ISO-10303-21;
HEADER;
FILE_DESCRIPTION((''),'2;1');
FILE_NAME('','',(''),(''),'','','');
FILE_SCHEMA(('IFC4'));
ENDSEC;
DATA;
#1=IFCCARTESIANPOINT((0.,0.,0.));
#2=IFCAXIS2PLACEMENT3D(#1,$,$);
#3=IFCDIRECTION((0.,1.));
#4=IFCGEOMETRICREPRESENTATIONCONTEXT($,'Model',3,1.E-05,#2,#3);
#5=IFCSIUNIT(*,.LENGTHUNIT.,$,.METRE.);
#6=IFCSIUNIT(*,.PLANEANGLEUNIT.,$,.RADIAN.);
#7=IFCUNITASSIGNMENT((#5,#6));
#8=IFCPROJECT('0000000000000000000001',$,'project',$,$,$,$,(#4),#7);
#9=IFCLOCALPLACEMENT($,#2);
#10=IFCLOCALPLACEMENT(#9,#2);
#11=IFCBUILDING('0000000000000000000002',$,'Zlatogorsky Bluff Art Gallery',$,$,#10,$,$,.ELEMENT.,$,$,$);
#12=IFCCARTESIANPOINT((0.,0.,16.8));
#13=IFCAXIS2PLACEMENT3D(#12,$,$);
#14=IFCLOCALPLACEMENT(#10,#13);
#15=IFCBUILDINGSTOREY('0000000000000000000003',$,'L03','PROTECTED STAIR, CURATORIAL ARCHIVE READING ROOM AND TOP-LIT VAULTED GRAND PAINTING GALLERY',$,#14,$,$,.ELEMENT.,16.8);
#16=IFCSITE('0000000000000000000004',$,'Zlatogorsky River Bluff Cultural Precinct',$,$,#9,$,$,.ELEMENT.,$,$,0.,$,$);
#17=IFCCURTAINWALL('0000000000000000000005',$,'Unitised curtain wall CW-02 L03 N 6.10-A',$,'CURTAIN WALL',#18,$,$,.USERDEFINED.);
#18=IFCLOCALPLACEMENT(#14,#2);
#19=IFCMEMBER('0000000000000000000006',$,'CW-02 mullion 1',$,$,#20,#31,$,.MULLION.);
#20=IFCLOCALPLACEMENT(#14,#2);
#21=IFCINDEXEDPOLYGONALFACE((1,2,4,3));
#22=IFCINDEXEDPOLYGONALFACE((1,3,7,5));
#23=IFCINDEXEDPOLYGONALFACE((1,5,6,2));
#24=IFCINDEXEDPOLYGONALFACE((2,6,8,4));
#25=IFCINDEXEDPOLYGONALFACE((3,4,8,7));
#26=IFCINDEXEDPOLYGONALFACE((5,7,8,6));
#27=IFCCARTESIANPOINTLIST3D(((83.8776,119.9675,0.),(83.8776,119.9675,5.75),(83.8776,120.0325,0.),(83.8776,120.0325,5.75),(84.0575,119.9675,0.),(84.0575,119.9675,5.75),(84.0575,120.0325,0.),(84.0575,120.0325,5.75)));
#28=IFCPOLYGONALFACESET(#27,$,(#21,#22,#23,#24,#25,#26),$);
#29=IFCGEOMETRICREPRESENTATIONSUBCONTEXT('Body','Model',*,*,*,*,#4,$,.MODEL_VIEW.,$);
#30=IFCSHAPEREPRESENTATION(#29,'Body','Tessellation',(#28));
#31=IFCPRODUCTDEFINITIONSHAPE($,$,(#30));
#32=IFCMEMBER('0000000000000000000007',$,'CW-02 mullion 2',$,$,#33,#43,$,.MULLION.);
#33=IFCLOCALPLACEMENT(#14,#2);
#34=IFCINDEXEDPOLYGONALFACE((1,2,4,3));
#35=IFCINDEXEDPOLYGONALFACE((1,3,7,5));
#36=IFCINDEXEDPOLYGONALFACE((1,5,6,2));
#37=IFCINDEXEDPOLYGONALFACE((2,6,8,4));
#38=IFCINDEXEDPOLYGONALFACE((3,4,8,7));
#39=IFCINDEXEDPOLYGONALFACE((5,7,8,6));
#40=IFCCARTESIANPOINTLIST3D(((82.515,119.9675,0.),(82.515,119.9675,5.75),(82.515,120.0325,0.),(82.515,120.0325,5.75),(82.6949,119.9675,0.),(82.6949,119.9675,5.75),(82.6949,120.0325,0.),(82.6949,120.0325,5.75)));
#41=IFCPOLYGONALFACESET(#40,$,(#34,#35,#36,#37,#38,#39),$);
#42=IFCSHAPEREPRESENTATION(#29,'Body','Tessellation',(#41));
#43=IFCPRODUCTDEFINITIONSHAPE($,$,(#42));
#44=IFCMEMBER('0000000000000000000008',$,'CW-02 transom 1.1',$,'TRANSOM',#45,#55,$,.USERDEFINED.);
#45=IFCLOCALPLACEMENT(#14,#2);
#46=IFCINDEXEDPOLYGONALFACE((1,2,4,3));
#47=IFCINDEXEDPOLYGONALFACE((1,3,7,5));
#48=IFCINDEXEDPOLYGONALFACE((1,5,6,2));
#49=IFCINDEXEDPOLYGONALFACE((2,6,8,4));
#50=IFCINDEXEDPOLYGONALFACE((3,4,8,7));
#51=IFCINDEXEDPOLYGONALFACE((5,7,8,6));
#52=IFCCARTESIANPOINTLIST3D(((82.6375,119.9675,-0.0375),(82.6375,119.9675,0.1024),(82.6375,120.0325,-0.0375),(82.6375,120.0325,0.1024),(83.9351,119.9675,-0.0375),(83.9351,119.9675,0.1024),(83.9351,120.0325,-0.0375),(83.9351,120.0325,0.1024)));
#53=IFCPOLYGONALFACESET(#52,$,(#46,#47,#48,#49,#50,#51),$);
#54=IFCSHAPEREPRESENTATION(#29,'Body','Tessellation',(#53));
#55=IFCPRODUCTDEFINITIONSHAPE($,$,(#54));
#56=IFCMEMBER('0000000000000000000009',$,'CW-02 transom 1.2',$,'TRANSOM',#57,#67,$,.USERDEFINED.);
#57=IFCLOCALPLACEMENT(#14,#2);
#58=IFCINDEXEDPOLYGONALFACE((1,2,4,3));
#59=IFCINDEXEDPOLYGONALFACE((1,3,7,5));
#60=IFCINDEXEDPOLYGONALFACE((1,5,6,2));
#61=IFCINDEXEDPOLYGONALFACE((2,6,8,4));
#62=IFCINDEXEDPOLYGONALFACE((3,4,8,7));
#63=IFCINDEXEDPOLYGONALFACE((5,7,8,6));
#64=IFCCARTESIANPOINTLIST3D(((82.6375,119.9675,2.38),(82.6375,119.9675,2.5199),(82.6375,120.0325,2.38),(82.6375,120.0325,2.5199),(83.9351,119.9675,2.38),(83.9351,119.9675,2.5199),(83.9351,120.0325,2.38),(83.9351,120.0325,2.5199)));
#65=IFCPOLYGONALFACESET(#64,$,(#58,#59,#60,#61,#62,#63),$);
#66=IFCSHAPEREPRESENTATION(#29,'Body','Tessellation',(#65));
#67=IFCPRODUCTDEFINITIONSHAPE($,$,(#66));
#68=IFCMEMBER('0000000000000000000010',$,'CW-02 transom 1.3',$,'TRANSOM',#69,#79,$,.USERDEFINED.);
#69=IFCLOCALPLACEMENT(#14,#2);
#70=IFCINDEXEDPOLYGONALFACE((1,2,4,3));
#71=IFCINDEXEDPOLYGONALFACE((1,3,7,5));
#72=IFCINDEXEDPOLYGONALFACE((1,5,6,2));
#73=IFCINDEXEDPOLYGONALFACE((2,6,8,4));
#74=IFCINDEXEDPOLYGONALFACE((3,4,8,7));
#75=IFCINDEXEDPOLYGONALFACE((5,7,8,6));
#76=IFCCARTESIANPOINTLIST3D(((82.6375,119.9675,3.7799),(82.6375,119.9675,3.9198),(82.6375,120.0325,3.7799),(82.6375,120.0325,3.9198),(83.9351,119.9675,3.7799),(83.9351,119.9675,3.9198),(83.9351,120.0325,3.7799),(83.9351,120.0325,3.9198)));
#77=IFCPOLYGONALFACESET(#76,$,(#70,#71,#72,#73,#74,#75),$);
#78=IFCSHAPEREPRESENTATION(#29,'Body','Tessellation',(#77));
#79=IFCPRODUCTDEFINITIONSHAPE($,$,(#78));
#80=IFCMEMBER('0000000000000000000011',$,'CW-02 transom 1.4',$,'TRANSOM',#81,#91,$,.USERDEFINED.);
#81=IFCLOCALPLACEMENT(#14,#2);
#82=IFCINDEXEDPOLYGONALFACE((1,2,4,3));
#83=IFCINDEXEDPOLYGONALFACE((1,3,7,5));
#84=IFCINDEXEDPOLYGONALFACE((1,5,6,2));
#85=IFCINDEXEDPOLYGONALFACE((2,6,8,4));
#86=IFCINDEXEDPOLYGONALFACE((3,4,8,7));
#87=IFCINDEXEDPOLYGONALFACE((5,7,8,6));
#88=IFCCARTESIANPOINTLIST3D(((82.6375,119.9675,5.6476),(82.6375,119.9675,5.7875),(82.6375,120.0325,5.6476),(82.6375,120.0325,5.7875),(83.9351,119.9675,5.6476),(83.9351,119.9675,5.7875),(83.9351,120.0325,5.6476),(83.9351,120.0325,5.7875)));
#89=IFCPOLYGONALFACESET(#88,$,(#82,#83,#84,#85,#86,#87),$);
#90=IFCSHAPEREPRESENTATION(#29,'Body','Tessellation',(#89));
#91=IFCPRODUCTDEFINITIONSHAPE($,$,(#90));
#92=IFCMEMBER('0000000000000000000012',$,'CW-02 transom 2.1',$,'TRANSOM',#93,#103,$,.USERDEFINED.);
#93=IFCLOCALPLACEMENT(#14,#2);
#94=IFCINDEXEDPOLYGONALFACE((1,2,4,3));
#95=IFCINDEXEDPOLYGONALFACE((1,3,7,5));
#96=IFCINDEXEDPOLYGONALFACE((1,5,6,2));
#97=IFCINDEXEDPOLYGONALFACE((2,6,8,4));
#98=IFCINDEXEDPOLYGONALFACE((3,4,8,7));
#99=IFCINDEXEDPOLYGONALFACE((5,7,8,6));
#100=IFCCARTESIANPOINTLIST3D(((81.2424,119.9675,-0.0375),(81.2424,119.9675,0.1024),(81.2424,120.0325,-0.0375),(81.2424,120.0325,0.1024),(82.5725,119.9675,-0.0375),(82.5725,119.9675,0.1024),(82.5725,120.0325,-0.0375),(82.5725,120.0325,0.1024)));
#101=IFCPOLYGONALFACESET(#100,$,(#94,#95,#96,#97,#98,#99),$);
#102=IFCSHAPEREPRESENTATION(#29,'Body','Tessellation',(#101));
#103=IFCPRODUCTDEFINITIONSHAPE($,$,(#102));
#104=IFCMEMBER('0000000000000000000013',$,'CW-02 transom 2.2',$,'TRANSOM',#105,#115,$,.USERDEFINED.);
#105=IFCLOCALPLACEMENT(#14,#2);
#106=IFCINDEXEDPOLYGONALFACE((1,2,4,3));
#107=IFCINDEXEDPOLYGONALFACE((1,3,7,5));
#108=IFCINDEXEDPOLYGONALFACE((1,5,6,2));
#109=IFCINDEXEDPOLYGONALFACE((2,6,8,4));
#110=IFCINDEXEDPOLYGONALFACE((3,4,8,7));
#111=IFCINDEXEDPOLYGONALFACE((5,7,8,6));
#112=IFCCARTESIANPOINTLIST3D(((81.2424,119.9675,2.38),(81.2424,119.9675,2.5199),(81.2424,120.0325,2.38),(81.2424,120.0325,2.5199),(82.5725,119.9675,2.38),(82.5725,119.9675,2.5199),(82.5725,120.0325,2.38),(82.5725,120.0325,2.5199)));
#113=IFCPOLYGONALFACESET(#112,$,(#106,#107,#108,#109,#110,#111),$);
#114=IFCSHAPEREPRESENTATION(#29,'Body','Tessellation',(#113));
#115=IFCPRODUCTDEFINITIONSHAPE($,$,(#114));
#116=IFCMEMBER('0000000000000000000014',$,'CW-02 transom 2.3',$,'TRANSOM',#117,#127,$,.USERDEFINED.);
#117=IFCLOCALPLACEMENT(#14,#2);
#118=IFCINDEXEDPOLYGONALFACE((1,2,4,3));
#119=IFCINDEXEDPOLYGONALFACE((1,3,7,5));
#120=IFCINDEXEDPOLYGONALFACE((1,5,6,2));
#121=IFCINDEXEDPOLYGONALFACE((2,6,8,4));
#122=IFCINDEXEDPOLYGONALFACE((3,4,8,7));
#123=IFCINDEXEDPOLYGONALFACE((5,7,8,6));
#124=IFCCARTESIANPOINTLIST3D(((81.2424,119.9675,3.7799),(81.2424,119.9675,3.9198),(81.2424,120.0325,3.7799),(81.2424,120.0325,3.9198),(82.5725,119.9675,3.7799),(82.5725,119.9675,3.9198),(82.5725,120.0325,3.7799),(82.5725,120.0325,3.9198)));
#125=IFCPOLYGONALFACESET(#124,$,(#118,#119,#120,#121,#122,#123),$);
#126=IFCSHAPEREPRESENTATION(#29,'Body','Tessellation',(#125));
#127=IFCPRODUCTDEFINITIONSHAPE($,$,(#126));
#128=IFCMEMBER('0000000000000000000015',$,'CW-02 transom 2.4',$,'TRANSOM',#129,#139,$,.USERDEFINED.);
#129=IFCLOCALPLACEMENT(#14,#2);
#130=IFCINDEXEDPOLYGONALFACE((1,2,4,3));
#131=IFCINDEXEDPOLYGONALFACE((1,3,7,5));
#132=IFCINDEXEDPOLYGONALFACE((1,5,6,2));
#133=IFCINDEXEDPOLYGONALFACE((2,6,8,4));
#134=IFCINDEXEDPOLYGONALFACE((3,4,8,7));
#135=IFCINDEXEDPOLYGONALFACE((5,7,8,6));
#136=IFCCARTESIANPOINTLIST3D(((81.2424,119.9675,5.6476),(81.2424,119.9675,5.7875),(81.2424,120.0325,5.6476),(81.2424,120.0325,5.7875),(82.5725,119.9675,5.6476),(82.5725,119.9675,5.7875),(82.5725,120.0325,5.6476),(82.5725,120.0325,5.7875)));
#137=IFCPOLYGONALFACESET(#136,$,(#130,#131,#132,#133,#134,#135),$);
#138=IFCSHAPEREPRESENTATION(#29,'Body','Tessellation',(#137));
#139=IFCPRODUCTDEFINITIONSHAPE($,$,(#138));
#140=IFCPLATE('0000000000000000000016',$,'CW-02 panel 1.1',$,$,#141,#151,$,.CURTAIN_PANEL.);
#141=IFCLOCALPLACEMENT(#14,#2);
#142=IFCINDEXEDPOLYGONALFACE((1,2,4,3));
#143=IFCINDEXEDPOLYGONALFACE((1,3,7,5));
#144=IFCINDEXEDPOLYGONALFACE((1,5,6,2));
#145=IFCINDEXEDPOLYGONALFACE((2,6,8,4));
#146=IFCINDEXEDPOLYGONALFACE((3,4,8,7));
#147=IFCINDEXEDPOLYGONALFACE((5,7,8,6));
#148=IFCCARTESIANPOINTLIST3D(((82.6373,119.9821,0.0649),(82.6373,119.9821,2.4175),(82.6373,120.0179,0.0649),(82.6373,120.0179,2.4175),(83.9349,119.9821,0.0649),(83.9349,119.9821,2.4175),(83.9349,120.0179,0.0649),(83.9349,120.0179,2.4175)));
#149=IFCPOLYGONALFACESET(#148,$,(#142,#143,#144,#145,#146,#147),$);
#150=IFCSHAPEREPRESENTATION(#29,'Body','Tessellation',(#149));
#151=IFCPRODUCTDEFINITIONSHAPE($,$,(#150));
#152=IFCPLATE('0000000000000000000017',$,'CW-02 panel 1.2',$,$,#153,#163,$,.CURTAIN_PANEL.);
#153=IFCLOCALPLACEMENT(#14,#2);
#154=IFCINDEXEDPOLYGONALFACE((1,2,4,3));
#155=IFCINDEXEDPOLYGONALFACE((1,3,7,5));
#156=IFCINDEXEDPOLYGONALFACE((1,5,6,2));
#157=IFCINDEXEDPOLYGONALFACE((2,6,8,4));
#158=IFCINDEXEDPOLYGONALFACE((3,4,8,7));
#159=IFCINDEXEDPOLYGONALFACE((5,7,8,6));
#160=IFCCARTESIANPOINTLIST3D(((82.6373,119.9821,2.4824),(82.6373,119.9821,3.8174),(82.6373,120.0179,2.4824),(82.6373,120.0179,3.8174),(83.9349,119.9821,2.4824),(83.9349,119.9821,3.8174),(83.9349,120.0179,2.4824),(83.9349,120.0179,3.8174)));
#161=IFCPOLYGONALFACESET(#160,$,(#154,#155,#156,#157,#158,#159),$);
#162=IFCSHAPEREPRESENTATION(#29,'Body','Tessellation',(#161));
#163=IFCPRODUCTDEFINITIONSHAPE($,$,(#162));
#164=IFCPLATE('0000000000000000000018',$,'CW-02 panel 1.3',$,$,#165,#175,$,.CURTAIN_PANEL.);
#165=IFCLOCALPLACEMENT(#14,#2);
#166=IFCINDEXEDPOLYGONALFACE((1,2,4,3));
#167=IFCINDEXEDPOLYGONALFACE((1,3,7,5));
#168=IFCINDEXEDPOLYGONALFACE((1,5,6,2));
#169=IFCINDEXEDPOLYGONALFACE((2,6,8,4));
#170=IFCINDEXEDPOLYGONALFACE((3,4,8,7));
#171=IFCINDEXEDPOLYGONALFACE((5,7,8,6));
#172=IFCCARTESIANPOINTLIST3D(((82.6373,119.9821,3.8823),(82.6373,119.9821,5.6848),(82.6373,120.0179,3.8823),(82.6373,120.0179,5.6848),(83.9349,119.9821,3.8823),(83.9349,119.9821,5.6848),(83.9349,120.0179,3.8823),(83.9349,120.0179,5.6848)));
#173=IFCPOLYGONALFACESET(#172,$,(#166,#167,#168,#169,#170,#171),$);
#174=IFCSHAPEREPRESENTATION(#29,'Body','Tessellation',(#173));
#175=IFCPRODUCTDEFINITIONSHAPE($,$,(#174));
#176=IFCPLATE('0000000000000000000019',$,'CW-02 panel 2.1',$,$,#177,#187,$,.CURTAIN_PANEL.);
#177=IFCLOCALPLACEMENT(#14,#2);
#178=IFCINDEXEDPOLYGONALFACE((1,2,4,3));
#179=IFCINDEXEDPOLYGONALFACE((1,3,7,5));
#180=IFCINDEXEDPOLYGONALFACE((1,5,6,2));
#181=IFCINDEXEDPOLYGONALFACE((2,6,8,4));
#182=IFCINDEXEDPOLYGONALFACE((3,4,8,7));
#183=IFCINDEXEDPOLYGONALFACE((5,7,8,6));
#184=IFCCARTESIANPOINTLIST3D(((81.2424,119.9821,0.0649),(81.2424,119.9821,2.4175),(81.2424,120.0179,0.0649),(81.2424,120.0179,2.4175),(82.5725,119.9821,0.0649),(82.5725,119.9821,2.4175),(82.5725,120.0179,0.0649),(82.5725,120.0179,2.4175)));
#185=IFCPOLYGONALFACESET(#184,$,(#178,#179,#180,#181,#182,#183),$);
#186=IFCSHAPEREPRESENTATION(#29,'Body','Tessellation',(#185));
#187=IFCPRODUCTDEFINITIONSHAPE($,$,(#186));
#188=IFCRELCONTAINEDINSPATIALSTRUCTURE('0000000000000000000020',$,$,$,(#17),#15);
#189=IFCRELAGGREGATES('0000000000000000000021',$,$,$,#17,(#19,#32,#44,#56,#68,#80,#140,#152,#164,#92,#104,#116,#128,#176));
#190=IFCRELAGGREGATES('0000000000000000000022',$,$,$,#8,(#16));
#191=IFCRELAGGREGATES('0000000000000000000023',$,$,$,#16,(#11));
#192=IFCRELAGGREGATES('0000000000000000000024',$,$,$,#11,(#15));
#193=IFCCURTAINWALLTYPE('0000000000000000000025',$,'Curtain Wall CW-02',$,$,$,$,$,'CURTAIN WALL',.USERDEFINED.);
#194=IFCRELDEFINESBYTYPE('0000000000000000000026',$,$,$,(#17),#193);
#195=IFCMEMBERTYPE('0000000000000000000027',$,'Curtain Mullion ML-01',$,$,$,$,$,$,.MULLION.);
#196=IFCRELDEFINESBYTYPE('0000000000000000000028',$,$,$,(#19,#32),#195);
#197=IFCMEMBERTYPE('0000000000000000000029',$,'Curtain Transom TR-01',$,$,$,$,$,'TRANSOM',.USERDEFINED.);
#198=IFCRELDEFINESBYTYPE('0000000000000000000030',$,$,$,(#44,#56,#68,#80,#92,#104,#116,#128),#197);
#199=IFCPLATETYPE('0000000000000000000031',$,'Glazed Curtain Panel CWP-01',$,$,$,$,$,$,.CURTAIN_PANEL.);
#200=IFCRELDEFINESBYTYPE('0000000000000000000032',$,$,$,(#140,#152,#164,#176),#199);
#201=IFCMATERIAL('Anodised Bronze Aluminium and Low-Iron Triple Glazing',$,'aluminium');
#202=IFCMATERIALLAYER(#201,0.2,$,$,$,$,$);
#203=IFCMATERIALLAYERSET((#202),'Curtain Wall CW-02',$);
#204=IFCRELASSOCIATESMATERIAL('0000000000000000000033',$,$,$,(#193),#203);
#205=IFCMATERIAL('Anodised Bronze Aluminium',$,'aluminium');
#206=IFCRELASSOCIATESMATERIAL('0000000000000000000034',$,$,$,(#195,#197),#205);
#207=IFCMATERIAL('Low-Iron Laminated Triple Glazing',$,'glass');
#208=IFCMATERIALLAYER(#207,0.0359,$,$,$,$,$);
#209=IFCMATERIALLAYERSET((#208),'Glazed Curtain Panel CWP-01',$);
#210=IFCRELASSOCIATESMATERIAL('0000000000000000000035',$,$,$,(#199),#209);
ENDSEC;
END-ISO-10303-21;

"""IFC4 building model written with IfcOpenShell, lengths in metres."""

from ifc_helpers import new_model, si_unit, direction, frame, origin, origin_2d, place, context, subcontext, project, spatial, rectangle, extrude, material, layer, layer_set, material_profile, profile_set, type_object, element, aggregate, save


model = new_model("IFC4")

# Units and contexts
model_context = context("Model", 3, precision=1e-05, world=origin(), true_north=direction((0.0, 1.0)))
body_context = subcontext(model_context, "Body", "Model", "MODEL_VIEW")
ifc_project = project(units=[si_unit("LENGTHUNIT", "METRE"), si_unit("PLANEANGLEUNIT", "RADIAN")], contexts=[model_context])

# Site, building, storey
site_placement = place(None, origin())
site = spatial("IfcSite", under=ifc_project, at=site_placement, Name="Zlatogorsky River Bluff Cultural Precinct", CompositionType="ELEMENT", RefElevation=0.0)
building_placement = place(site_placement, origin())
building = spatial("IfcBuilding", under=site, at=building_placement, Name="Zlatogorsky Bluff Art Gallery", CompositionType="ELEMENT")
storey_placement = place(building_placement, frame((0.0, 0.0, 16.8)))
storey = spatial("IfcBuildingStorey", under=building, at=storey_placement, Name="L03", Description="PROTECTED STAIR, CURATORIAL ARCHIVE READING ROOM AND TOP-LIT VAULTED GRAND PAINTING GALLERY", CompositionType="ELEMENT", Elevation=16.8)

# Curtain wall, members, plates
ifc_material_1 = material(Name="Anodised Bronze Aluminium and Low-Iron Triple Glazing", Category="aluminium")
ifc_layer_1 = layer(ifc_material_1, 0.2)
ifc_layer_set_1 = layer_set([ifc_layer_1], Name="Curtain Wall CW-02")
curtain_wall_type = type_object("IfcCurtainWallType", Name="Curtain Wall CW-02", ElementType="CURTAIN WALL", PredefinedType="USERDEFINED", material=ifc_layer_set_1)
curtain_wall_placement = place(storey_placement, origin())
curtain_wall = element("IfcCurtainWall", 1, at=curtain_wall_placement, inside=storey, type_object=curtain_wall_type, Name="Unitised curtain wall CW-02 L03 N 6.10-A", ObjectType="CURTAIN WALL", PredefinedType="USERDEFINED")
ifc_material_2 = material(Name="Anodised Bronze Aluminium", Category="aluminium")
ifc_material_profile_1 = material_profile(ifc_material_2, rectangle(XDim=0.0649, YDim=0.1799, at=origin_2d()), Name="ALU MULLION 65x180")
ifc_profile_set_1 = profile_set([ifc_material_profile_1], Name="Anodised Bronze Aluminium")
member_type_1 = type_object("IfcMemberType", Name="Curtain Mullion ML-01", PredefinedType="MULLION", material=ifc_profile_set_1)
member_1_placement = place(storey_placement, frame((83.9675, 120.0, 0.0), z_axis=(0.0, 0.0, 1.0), x_axis=(0.0, -1.0, 0.0)))
member_1 = element("IfcMember", 2, at=member_1_placement, type_object=member_type_1, Name="CW-02 mullion 1", PredefinedType="MULLION", context=body_context, shape_type="SweptSolid", body=[
    extrude(rectangle(XDim=0.0649, YDim=0.1799, at=origin_2d()), origin(), (0.0, 0.0, 1.0), 5.75),
])
member_2_placement = place(storey_placement, frame((82.605, 120.0, 0.0), z_axis=(0.0, 0.0, 1.0), x_axis=(0.0, -1.0, 0.0)))
member_2 = element("IfcMember", 3, at=member_2_placement, type_object=member_type_1, Name="CW-02 mullion 2", PredefinedType="MULLION", context=body_context, shape_type="SweptSolid", body=[
    extrude(rectangle(XDim=0.0649, YDim=0.1799, at=origin_2d()), origin(), (0.0, 0.0, 1.0), 5.75),
])
ifc_material_profile_2 = material_profile(ifc_material_2, rectangle(XDim=0.0649, YDim=0.1399, at=origin_2d()), Name="ALU TRANSOM 65x140")
ifc_profile_set_2 = profile_set([ifc_material_profile_2], Name="Anodised Bronze Aluminium")
member_type_2 = type_object("IfcMemberType", Name="Curtain Transom TR-01", ElementType="TRANSOM", PredefinedType="USERDEFINED", material=ifc_profile_set_2)
member_3_placement = place(storey_placement, frame((83.9351, 120.0, 0.0325), z_axis=(-1.0, 0.0, 0.0), x_axis=(0.0, -1.0, 0.0)))
member_3 = element("IfcMember", 4, at=member_3_placement, type_object=member_type_2, Name="CW-02 transom 1.1", ObjectType="TRANSOM", PredefinedType="USERDEFINED", context=body_context, shape_type="SweptSolid", body=[
    extrude(rectangle(XDim=0.0649, YDim=0.1399, at=origin_2d()), origin(), (0.0, 0.0, 1.0), 1.2976),
])
member_4_placement = place(storey_placement, frame((83.9351, 120.0, 2.45), z_axis=(-1.0, 0.0, 0.0), x_axis=(0.0, -1.0, 0.0)))
member_4 = element("IfcMember", 5, at=member_4_placement, type_object=member_type_2, Name="CW-02 transom 1.2", ObjectType="TRANSOM", PredefinedType="USERDEFINED", context=body_context, shape_type="SweptSolid", body=[
    extrude(rectangle(XDim=0.0649, YDim=0.1399, at=origin_2d()), origin(), (0.0, 0.0, 1.0), 1.2976),
])
member_5_placement = place(storey_placement, frame((83.9351, 120.0, 3.8499), z_axis=(-1.0, 0.0, 0.0), x_axis=(0.0, -1.0, 0.0)))
member_5 = element("IfcMember", 6, at=member_5_placement, type_object=member_type_2, Name="CW-02 transom 1.3", ObjectType="TRANSOM", PredefinedType="USERDEFINED", context=body_context, shape_type="SweptSolid", body=[
    extrude(rectangle(XDim=0.0649, YDim=0.1399, at=origin_2d()), origin(), (0.0, 0.0, 1.0), 1.2976),
])
member_6_placement = place(storey_placement, frame((83.9351, 120.0, 5.7175), z_axis=(-1.0, 0.0, 0.0), x_axis=(0.0, -1.0, 0.0)))
member_6 = element("IfcMember", 7, at=member_6_placement, type_object=member_type_2, Name="CW-02 transom 1.4", ObjectType="TRANSOM", PredefinedType="USERDEFINED", context=body_context, shape_type="SweptSolid", body=[
    extrude(rectangle(XDim=0.0649, YDim=0.1399, at=origin_2d()), origin(), (0.0, 0.0, 1.0), 1.2976),
])
member_7_placement = place(storey_placement, frame((82.5725, 120.0, 0.0325), z_axis=(-1.0, 0.0, 0.0), x_axis=(0.0, -1.0, 0.0)))
member_7 = element("IfcMember", 8, at=member_7_placement, type_object=member_type_2, Name="CW-02 transom 2.1", ObjectType="TRANSOM", PredefinedType="USERDEFINED", context=body_context, shape_type="SweptSolid", body=[
    extrude(rectangle(XDim=0.0649, YDim=0.1399, at=origin_2d()), origin(), (0.0, 0.0, 1.0), 1.3301),
])
member_8_placement = place(storey_placement, frame((82.5725, 120.0, 2.45), z_axis=(-1.0, 0.0, 0.0), x_axis=(0.0, -1.0, 0.0)))
member_8 = element("IfcMember", 9, at=member_8_placement, type_object=member_type_2, Name="CW-02 transom 2.2", ObjectType="TRANSOM", PredefinedType="USERDEFINED", context=body_context, shape_type="SweptSolid", body=[
    extrude(rectangle(XDim=0.0649, YDim=0.1399, at=origin_2d()), origin(), (0.0, 0.0, 1.0), 1.3301),
])
member_9_placement = place(storey_placement, frame((82.5725, 120.0, 3.8499), z_axis=(-1.0, 0.0, 0.0), x_axis=(0.0, -1.0, 0.0)))
member_9 = element("IfcMember", 10, at=member_9_placement, type_object=member_type_2, Name="CW-02 transom 2.3", ObjectType="TRANSOM", PredefinedType="USERDEFINED", context=body_context, shape_type="SweptSolid", body=[
    extrude(rectangle(XDim=0.0649, YDim=0.1399, at=origin_2d()), origin(), (0.0, 0.0, 1.0), 1.3301),
])
member_10_placement = place(storey_placement, frame((82.5725, 120.0, 5.7175), z_axis=(-1.0, 0.0, 0.0), x_axis=(0.0, -1.0, 0.0)))
member_10 = element("IfcMember", 11, at=member_10_placement, type_object=member_type_2, Name="CW-02 transom 2.4", ObjectType="TRANSOM", PredefinedType="USERDEFINED", context=body_context, shape_type="SweptSolid", body=[
    extrude(rectangle(XDim=0.0649, YDim=0.1399, at=origin_2d()), origin(), (0.0, 0.0, 1.0), 1.3301),
])
ifc_material_3 = material(Name="Low-Iron Laminated Triple Glazing", Category="glass")
ifc_layer_2 = layer(ifc_material_3, 0.0359)
ifc_layer_set_2 = layer_set([ifc_layer_2], Name="Glazed Curtain Panel CWP-01")
plate_type = type_object("IfcPlateType", Name="Glazed Curtain Panel CWP-01", PredefinedType="CURTAIN_PANEL", material=ifc_layer_set_2)
plate_1_placement = place(storey_placement, frame((83.2861, 120.0, 0.0649), z_axis=(0.0, 0.0, 1.0), x_axis=(-1.0, 0.0, 0.0)))
plate_1 = element("IfcPlate", 12, at=plate_1_placement, type_object=plate_type, Name="CW-02 panel 1.1", PredefinedType="CURTAIN_PANEL", context=body_context, shape_type="SweptSolid", body=[
    extrude(rectangle(XDim=1.2976, YDim=0.0359, at=origin_2d()), origin(), (0.0, 0.0, 1.0), 2.3525),
])
plate_2_placement = place(storey_placement, frame((83.2861, 120.0, 2.4824), z_axis=(0.0, 0.0, 1.0), x_axis=(-1.0, 0.0, 0.0)))
plate_2 = element("IfcPlate", 13, at=plate_2_placement, type_object=plate_type, Name="CW-02 panel 1.2", PredefinedType="CURTAIN_PANEL", context=body_context, shape_type="SweptSolid", body=[
    extrude(rectangle(XDim=1.2976, YDim=0.0359, at=origin_2d()), origin(), (0.0, 0.0, 1.0), 1.335),
])
plate_3_placement = place(storey_placement, frame((83.2861, 120.0, 3.8823), z_axis=(0.0, 0.0, 1.0), x_axis=(-1.0, 0.0, 0.0)))
plate_3 = element("IfcPlate", 14, at=plate_3_placement, type_object=plate_type, Name="CW-02 panel 1.3", PredefinedType="CURTAIN_PANEL", context=body_context, shape_type="SweptSolid", body=[
    extrude(rectangle(XDim=1.2976, YDim=0.0359, at=origin_2d()), origin(), (0.0, 0.0, 1.0), 1.8025),
])
plate_4_placement = place(storey_placement, frame((81.9075, 120.0, 0.0649), z_axis=(0.0, 0.0, 1.0), x_axis=(-1.0, 0.0, 0.0)))
plate_4 = element("IfcPlate", 15, at=plate_4_placement, type_object=plate_type, Name="CW-02 panel 2.1", PredefinedType="CURTAIN_PANEL", context=body_context, shape_type="SweptSolid", body=[
    extrude(rectangle(XDim=1.3301, YDim=0.0359, at=origin_2d()), origin(), (0.0, 0.0, 1.0), 2.3525),
])
aggregate(curtain_wall, [member_1, member_2, member_3, member_4, member_5, member_6, plate_1, plate_2, plate_3, member_7, member_8, member_9, member_10, plate_4])

save(model, "model.ifc")
